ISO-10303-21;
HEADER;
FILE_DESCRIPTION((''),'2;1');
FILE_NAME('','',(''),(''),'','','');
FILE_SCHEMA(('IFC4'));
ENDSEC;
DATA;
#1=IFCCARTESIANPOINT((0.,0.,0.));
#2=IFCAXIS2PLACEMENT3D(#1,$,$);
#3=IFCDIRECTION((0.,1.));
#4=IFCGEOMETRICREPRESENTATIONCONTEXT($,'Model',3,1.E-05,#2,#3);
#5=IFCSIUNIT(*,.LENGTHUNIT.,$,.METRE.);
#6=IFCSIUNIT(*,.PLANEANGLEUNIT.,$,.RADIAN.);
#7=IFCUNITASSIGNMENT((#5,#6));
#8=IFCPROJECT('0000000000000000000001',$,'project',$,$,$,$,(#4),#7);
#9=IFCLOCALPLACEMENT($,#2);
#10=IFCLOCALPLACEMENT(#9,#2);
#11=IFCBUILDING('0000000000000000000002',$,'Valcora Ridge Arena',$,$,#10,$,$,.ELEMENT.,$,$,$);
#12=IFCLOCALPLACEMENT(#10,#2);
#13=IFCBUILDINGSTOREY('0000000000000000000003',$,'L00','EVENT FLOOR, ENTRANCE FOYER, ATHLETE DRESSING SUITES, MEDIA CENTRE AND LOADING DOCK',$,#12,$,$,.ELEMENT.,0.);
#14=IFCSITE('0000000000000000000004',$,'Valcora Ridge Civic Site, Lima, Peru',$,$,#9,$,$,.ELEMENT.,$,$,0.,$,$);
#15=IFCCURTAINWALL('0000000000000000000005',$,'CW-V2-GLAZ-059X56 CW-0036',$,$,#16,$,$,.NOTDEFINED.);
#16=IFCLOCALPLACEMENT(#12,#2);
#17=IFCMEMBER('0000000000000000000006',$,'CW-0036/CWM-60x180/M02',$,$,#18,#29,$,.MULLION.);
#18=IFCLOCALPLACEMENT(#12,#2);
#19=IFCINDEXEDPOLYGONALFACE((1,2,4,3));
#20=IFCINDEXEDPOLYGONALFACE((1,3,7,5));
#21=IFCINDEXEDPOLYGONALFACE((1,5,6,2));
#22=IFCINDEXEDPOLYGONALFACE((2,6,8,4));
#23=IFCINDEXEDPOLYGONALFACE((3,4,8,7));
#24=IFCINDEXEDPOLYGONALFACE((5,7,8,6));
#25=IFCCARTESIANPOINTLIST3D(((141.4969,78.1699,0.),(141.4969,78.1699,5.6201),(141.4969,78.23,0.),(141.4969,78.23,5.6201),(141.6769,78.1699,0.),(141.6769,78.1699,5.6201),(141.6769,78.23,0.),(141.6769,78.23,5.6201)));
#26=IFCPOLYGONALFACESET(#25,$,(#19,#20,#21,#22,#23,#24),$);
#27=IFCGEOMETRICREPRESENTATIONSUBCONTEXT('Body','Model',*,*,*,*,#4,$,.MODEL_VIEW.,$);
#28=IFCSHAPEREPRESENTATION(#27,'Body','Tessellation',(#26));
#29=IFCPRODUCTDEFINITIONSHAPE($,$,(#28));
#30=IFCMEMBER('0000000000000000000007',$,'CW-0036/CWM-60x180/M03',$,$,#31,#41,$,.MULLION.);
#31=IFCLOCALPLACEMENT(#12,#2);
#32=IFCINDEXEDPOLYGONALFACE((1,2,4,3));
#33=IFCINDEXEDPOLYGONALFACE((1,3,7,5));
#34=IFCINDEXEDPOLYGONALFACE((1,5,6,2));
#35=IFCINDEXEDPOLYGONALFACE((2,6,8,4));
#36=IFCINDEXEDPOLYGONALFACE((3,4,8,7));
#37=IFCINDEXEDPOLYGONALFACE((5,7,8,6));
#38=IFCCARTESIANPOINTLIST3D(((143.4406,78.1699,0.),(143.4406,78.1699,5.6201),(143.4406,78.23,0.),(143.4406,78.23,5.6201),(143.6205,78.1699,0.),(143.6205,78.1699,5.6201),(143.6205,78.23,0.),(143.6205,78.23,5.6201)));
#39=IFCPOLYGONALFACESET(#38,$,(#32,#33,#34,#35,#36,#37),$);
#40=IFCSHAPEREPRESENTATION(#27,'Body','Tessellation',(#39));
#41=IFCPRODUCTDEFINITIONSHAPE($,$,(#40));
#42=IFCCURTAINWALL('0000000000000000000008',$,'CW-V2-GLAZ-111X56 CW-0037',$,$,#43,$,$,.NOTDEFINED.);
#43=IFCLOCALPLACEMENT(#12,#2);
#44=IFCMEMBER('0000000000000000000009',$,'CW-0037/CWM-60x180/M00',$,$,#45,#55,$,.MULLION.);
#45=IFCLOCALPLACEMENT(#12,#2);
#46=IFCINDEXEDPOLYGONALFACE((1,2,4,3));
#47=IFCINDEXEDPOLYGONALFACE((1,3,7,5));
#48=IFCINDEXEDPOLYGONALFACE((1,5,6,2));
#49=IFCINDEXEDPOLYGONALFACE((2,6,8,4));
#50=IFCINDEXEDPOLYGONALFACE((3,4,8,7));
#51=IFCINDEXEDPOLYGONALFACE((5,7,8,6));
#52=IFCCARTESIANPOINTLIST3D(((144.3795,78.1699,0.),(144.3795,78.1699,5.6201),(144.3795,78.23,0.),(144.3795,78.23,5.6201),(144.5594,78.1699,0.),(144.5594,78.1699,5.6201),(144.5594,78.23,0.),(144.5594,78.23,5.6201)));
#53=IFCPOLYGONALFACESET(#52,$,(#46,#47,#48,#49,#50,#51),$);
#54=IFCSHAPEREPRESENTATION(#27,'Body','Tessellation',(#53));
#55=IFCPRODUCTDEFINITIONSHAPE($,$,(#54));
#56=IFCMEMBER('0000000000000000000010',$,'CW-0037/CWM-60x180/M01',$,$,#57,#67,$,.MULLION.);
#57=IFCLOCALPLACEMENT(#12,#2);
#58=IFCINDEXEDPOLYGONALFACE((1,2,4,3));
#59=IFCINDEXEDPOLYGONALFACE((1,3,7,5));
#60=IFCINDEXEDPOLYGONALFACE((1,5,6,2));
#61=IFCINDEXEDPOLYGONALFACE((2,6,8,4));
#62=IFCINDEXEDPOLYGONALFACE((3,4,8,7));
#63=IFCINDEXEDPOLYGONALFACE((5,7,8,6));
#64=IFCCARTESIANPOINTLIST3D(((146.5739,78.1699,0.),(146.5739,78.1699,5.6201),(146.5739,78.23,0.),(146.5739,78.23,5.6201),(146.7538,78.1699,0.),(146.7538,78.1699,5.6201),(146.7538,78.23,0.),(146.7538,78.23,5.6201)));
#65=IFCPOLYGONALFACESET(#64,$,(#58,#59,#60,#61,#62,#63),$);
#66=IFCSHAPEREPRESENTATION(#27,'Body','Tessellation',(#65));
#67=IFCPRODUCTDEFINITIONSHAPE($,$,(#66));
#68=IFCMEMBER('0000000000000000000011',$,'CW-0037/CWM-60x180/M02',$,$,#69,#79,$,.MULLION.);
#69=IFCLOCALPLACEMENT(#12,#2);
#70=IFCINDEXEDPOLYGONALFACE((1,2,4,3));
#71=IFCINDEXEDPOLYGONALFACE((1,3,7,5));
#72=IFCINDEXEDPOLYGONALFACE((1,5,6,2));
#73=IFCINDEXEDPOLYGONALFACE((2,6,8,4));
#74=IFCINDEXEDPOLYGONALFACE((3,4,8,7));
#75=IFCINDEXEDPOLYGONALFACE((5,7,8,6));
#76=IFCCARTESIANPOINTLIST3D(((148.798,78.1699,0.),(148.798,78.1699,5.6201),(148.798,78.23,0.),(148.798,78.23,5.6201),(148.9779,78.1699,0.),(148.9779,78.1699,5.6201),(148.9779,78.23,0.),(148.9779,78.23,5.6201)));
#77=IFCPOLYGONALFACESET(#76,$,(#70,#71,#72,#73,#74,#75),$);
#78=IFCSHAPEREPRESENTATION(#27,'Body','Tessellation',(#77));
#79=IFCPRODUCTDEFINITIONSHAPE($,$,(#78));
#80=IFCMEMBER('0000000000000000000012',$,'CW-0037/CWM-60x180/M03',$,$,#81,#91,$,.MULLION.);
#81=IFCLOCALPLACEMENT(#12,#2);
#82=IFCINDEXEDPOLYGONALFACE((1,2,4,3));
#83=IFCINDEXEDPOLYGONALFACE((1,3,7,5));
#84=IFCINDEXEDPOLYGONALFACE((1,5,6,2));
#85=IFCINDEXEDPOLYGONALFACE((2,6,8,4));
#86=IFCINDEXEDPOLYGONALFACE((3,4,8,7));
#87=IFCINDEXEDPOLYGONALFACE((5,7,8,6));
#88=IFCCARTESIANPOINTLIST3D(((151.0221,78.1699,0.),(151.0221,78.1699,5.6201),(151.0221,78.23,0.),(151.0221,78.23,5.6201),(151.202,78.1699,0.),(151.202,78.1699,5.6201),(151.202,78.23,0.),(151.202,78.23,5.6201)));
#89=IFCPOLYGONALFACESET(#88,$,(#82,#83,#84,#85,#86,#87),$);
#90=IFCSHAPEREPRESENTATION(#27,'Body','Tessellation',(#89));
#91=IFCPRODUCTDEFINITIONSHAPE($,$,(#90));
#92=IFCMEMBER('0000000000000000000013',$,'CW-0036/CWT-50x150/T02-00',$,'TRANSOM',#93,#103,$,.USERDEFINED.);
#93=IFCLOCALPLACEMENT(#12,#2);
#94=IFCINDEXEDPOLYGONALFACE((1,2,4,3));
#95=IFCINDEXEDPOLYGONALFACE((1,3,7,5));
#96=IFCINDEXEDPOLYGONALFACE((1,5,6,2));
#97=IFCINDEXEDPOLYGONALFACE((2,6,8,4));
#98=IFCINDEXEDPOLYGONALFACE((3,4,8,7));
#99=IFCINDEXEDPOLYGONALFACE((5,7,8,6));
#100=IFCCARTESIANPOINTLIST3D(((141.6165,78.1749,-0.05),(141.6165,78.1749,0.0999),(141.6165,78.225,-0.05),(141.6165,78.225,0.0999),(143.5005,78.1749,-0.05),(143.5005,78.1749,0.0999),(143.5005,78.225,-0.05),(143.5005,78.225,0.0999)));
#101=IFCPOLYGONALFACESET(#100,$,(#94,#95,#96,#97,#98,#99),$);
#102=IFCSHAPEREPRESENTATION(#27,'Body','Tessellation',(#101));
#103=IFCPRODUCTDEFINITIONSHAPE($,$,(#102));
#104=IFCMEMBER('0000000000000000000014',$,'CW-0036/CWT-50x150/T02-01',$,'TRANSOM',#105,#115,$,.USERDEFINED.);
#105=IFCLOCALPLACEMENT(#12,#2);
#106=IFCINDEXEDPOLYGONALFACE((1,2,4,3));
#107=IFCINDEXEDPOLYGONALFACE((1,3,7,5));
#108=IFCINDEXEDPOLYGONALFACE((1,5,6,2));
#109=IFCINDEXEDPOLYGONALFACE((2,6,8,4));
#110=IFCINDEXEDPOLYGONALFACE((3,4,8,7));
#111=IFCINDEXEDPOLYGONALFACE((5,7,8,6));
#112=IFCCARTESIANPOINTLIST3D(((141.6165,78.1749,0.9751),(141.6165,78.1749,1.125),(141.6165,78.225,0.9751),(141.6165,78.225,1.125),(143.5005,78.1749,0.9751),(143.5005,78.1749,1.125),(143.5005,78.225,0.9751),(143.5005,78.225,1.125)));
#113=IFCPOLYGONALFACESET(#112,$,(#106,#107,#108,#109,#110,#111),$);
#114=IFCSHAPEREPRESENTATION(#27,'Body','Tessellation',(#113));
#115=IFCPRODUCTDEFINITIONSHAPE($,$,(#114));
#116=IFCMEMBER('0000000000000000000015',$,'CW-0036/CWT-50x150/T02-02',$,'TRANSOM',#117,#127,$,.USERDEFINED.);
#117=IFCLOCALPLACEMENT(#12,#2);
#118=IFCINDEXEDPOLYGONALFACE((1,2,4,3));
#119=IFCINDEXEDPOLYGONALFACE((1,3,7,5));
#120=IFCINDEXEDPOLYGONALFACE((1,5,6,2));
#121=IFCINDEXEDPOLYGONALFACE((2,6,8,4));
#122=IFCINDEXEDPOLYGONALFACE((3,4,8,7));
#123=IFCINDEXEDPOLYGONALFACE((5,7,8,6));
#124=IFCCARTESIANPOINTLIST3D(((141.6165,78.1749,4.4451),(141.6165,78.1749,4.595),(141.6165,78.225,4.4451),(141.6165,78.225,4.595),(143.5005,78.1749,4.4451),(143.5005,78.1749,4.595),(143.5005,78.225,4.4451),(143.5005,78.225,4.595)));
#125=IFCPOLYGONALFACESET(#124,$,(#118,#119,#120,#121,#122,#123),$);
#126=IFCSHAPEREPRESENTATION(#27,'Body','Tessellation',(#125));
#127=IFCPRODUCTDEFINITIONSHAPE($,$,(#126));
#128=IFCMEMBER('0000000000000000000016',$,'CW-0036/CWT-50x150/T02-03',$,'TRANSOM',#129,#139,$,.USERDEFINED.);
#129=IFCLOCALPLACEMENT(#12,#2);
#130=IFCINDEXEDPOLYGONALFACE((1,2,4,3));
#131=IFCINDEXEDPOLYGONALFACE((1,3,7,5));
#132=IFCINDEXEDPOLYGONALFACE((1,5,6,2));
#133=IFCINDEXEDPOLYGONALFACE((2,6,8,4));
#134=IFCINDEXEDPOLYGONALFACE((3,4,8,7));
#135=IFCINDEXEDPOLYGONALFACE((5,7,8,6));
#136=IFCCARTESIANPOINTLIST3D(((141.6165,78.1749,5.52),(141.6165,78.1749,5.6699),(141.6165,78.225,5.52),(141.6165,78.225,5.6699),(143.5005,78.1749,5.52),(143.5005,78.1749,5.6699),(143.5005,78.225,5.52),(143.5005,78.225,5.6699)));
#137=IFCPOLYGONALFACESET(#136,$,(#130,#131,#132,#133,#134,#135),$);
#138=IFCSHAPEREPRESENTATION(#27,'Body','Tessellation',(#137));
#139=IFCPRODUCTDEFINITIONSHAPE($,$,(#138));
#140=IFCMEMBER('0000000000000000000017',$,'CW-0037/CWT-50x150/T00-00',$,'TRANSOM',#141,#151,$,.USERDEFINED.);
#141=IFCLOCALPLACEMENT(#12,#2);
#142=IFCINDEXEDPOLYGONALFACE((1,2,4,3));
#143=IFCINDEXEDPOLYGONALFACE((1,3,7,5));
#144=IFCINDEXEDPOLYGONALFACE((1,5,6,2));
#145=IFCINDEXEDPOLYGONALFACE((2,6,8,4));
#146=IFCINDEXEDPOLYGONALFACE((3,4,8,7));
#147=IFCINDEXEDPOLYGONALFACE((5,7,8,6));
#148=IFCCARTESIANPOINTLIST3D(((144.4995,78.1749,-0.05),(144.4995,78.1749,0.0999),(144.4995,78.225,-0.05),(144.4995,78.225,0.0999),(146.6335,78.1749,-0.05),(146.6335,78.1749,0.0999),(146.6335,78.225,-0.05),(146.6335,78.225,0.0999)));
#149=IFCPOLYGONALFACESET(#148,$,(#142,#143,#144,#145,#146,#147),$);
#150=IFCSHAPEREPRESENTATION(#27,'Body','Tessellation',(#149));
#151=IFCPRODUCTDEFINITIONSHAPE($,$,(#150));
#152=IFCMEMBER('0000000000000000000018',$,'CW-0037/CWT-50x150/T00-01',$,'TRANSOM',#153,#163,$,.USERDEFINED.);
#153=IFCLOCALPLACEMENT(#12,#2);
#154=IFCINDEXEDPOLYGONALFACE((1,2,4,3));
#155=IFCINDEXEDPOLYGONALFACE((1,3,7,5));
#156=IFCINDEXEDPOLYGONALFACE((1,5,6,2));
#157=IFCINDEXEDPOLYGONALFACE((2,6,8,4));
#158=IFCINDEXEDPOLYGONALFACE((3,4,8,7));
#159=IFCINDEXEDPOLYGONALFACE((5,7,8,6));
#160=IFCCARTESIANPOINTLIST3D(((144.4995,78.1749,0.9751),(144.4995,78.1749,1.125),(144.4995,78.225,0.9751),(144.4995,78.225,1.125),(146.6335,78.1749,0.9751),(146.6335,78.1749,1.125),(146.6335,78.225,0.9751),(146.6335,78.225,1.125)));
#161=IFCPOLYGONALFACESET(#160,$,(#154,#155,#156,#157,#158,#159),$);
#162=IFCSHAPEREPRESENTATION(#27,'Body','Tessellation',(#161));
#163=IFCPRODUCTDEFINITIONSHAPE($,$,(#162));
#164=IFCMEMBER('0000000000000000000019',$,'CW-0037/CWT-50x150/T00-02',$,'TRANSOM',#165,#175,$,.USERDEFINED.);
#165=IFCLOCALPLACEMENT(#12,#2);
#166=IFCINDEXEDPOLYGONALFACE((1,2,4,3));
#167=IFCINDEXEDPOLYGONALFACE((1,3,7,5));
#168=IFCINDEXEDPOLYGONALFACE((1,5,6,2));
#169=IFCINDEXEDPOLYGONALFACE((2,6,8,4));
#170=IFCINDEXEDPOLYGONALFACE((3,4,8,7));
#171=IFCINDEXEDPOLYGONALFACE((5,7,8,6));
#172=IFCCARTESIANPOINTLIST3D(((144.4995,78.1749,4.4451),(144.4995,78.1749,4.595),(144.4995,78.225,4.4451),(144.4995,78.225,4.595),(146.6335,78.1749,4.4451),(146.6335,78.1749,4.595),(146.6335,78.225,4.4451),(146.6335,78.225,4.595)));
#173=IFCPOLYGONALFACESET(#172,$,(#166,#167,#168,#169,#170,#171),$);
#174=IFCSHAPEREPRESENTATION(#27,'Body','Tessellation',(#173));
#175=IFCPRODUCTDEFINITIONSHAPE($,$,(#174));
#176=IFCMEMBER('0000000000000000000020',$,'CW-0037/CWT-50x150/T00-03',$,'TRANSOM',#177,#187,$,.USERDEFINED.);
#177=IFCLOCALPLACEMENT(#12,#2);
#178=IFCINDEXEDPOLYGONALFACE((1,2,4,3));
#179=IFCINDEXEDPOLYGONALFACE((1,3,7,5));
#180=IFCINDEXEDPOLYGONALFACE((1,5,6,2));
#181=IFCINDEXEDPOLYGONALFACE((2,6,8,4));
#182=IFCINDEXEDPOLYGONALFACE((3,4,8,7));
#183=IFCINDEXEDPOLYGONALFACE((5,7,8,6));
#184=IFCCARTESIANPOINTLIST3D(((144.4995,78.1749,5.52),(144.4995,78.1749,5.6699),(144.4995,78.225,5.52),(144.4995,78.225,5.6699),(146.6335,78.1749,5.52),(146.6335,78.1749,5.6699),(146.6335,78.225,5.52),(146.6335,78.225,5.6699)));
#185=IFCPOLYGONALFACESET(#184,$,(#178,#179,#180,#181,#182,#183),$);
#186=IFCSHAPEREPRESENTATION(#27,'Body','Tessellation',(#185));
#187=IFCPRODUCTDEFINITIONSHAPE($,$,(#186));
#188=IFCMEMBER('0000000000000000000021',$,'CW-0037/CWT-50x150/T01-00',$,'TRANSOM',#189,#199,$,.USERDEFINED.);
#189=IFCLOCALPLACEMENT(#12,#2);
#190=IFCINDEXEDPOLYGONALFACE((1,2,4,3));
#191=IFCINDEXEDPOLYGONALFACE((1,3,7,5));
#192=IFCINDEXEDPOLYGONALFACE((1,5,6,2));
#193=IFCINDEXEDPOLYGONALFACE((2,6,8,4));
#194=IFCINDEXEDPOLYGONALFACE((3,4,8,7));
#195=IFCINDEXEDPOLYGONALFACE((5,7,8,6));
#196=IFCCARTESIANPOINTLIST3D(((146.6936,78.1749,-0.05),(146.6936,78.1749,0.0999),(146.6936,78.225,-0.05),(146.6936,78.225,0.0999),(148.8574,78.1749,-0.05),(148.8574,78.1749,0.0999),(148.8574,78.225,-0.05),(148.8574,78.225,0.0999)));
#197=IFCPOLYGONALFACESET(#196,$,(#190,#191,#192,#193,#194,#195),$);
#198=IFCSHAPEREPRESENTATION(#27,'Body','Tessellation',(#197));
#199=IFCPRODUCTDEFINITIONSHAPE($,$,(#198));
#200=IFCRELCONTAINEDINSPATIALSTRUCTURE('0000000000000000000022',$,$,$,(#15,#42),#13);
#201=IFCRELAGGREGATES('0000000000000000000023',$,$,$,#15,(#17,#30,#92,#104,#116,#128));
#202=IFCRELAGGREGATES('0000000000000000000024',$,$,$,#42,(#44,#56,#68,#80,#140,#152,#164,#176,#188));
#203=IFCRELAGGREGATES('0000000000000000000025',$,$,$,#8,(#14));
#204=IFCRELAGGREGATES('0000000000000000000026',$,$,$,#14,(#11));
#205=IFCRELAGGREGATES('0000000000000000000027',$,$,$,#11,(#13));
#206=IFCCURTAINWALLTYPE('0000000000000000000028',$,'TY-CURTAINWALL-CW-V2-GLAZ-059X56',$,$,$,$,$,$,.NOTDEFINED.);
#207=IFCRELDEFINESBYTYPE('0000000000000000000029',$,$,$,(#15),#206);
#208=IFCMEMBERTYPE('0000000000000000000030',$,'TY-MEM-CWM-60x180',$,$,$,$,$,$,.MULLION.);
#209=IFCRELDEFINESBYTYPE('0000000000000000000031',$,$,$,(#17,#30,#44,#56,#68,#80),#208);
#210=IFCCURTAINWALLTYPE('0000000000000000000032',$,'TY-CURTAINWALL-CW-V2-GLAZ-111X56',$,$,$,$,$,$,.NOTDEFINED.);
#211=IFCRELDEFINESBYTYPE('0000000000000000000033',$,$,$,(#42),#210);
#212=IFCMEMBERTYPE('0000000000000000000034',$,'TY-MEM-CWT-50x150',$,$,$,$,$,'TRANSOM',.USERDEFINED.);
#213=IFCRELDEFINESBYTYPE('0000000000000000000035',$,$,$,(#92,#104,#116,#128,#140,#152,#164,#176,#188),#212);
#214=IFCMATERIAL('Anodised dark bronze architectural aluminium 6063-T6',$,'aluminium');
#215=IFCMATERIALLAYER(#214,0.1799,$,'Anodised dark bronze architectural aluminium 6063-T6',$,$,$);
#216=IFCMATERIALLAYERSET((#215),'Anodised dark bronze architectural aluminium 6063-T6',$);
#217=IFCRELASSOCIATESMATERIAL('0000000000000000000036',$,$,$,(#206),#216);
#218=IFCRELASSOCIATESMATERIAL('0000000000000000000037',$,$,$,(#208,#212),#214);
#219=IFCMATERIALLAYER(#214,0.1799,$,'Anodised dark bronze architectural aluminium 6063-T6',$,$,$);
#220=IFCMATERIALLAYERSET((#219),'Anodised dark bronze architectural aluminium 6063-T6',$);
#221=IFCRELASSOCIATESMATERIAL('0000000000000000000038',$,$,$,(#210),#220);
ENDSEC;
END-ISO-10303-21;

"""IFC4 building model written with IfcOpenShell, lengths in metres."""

from ifc_helpers import new_model, si_unit, direction, frame, origin, origin_2d, place, context, subcontext, project, spatial, rectangle, extrude, material, layer, layer_set, material_profile, profile_set, type_object, element, aggregate, save


model = new_model("IFC4")

# Units and contexts
model_context = context("Model", 3, precision=1e-05, world=origin(), true_north=direction((0.0, 1.0)))
body_context = subcontext(model_context, "Body", "Model", "MODEL_VIEW")
ifc_project = project(units=[si_unit("LENGTHUNIT", "METRE"), si_unit("PLANEANGLEUNIT", "RADIAN")], contexts=[model_context])

# Site, building, storey
site_placement = place(None, origin())
site = spatial("IfcSite", under=ifc_project, at=site_placement, Name="Valcora Ridge Civic Site, Lima, Peru", CompositionType="ELEMENT", RefElevation=0.0)
building_placement = place(site_placement, origin())
building = spatial("IfcBuilding", under=site, at=building_placement, Name="Valcora Ridge Arena", CompositionType="ELEMENT")
storey_placement = place(building_placement, origin())
storey = spatial("IfcBuildingStorey", under=building, at=storey_placement, Name="L00", Description="EVENT FLOOR, ENTRANCE FOYER, ATHLETE DRESSING SUITES, MEDIA CENTRE AND LOADING DOCK", CompositionType="ELEMENT", Elevation=0.0)

# Curtain walls, members
ifc_material_1 = material(Name="Anodised dark bronze architectural aluminium 6063-T6", Category="aluminium")
ifc_layer_1 = layer(ifc_material_1, 0.1799, Name="Anodised dark bronze architectural aluminium 6063-T6")
ifc_layer_set_1 = layer_set([ifc_layer_1], Name="Anodised dark bronze architectural aluminium 6063-T6")
curtain_wall_type_1 = type_object("IfcCurtainWallType", Name="TY-CURTAINWALL-CW-V2-GLAZ-059X56", PredefinedType="NOTDEFINED", material=ifc_layer_set_1)
curtain_wall_1_placement = place(storey_placement, origin())
curtain_wall_1 = element("IfcCurtainWall", 1, at=curtain_wall_1_placement, inside=storey, type_object=curtain_wall_type_1, Name="CW-V2-GLAZ-059X56 CW-0036", PredefinedType="NOTDEFINED")
ifc_material_profile_1 = material_profile(ifc_material_1, rectangle(XDim=0.0601, YDim=0.1799, at=origin_2d()), Name="ALU MULLION 60x180")
ifc_profile_set_1 = profile_set([ifc_material_profile_1], Name="Anodised dark bronze architectural aluminium 6063-T6")
member_type_1 = type_object("IfcMemberType", Name="TY-MEM-CWM-60x180", PredefinedType="MULLION", material=ifc_profile_set_1)
member_1_placement = place(storey_placement, frame((141.5869, 78.2, 0.0), z_axis=(0.0, 0.0, 1.0), x_axis=(0.0, 1.0, 0.0)))
member_1 = element("IfcMember", 2, at=member_1_placement, type_object=member_type_1, Name="CW-0036/CWM-60x180/M02", PredefinedType="MULLION", context=body_context, shape_type="SweptSolid", body=[
    extrude(rectangle(XDim=0.0601, YDim=0.1799, at=origin_2d()), origin(), (0.0, 0.0, 1.0), 5.6201),
])
member_2_placement = place(storey_placement, frame((143.5305, 78.2, 0.0), z_axis=(0.0, 0.0, 1.0), x_axis=(0.0, 1.0, 0.0)))
member_2 = element("IfcMember", 3, at=member_2_placement, type_object=member_type_1, Name="CW-0036/CWM-60x180/M03", PredefinedType="MULLION", context=body_context, shape_type="SweptSolid", body=[
    extrude(rectangle(XDim=0.0601, YDim=0.1799, at=origin_2d()), origin(), (0.0, 0.0, 1.0), 5.6201),
])
ifc_layer_2 = layer(ifc_material_1, 0.1799, Name="Anodised dark bronze architectural aluminium 6063-T6")
ifc_layer_set_2 = layer_set([ifc_layer_2], Name="Anodised dark bronze architectural aluminium 6063-T6")
curtain_wall_type_2 = type_object("IfcCurtainWallType", Name="TY-CURTAINWALL-CW-V2-GLAZ-111X56", PredefinedType="NOTDEFINED", material=ifc_layer_set_2)
curtain_wall_2_placement = place(storey_placement, origin())
curtain_wall_2 = element("IfcCurtainWall", 4, at=curtain_wall_2_placement, inside=storey, type_object=curtain_wall_type_2, Name="CW-V2-GLAZ-111X56 CW-0037", PredefinedType="NOTDEFINED")
member_3_placement = place(storey_placement, frame((144.4695, 78.2, 0.0), z_axis=(0.0, 0.0, 1.0), x_axis=(0.0, 1.0, 0.0)))
member_3 = element("IfcMember", 5, at=member_3_placement, type_object=member_type_1, Name="CW-0037/CWM-60x180/M00", PredefinedType="MULLION", context=body_context, shape_type="SweptSolid", body=[
    extrude(rectangle(XDim=0.0601, YDim=0.1799, at=origin_2d()), origin(), (0.0, 0.0, 1.0), 5.6201),
])
member_4_placement = place(storey_placement, frame((146.6638, 78.2, 0.0), z_axis=(0.0, 0.0, 1.0), x_axis=(0.0, 1.0, 0.0)))
member_4 = element("IfcMember", 6, at=member_4_placement, type_object=member_type_1, Name="CW-0037/CWM-60x180/M01", PredefinedType="MULLION", context=body_context, shape_type="SweptSolid", body=[
    extrude(rectangle(XDim=0.0601, YDim=0.1799, at=origin_2d()), origin(), (0.0, 0.0, 1.0), 5.6201),
])
member_5_placement = place(storey_placement, frame((148.8879, 78.2, 0.0), z_axis=(0.0, 0.0, 1.0), x_axis=(0.0, 1.0, 0.0)))
member_5 = element("IfcMember", 7, at=member_5_placement, type_object=member_type_1, Name="CW-0037/CWM-60x180/M02", PredefinedType="MULLION", context=body_context, shape_type="SweptSolid", body=[
    extrude(rectangle(XDim=0.0601, YDim=0.1799, at=origin_2d()), origin(), (0.0, 0.0, 1.0), 5.6201),
])
member_6_placement = place(storey_placement, frame((151.1121, 78.2, 0.0), z_axis=(0.0, 0.0, 1.0), x_axis=(0.0, 1.0, 0.0)))
member_6 = element("IfcMember", 8, at=member_6_placement, type_object=member_type_1, Name="CW-0037/CWM-60x180/M03", PredefinedType="MULLION", context=body_context, shape_type="SweptSolid", body=[
    extrude(rectangle(XDim=0.0601, YDim=0.1799, at=origin_2d()), origin(), (0.0, 0.0, 1.0), 5.6201),
])

# Members
ifc_material_profile_2 = material_profile(ifc_material_1, rectangle(XDim=0.05, YDim=0.1499, at=origin_2d()), Name="ALU TRANSOM 50x150")
ifc_profile_set_2 = profile_set([ifc_material_profile_2], Name="Anodised dark bronze architectural aluminium 6063-T6")
member_type_2 = type_object("IfcMemberType", Name="TY-MEM-CWT-50x150", ElementType="TRANSOM", PredefinedType="USERDEFINED", material=ifc_profile_set_2)
member_7_placement = place(storey_placement, frame((141.6165, 78.2, 0.0249), z_axis=(1.0, 0.0, 0.0), x_axis=(0.0, 1.0, 0.0)))
member_7 = element("IfcMember", 9, at=member_7_placement, type_object=member_type_2, Name="CW-0036/CWT-50x150/T02-00", ObjectType="TRANSOM", PredefinedType="USERDEFINED", context=body_context, shape_type="SweptSolid", body=[
    extrude(rectangle(XDim=0.05, YDim=0.1499, at=origin_2d()), origin(), (0.0, 0.0, 1.0), 1.884),
])
member_8_placement = place(storey_placement, frame((141.6165, 78.2, 1.05), z_axis=(1.0, 0.0, 0.0), x_axis=(0.0, 1.0, 0.0)))
member_8 = element("IfcMember", 10, at=member_8_placement, type_object=member_type_2, Name="CW-0036/CWT-50x150/T02-01", ObjectType="TRANSOM", PredefinedType="USERDEFINED", context=body_context, shape_type="SweptSolid", body=[
    extrude(rectangle(XDim=0.05, YDim=0.1499, at=origin_2d()), origin(), (0.0, 0.0, 1.0), 1.884),
])
member_9_placement = place(storey_placement, frame((141.6165, 78.2, 4.52), z_axis=(1.0, 0.0, 0.0), x_axis=(0.0, 1.0, 0.0)))
member_9 = element("IfcMember", 11, at=member_9_placement, type_object=member_type_2, Name="CW-0036/CWT-50x150/T02-02", ObjectType="TRANSOM", PredefinedType="USERDEFINED", context=body_context, shape_type="SweptSolid", body=[
    extrude(rectangle(XDim=0.05, YDim=0.1499, at=origin_2d()), origin(), (0.0, 0.0, 1.0), 1.884),
])
member_10_placement = place(storey_placement, frame((141.6165, 78.2, 5.595), z_axis=(1.0, 0.0, 0.0), x_axis=(0.0, 1.0, 0.0)))
member_10 = element("IfcMember", 12, at=member_10_placement, type_object=member_type_2, Name="CW-0036/CWT-50x150/T02-03", ObjectType="TRANSOM", PredefinedType="USERDEFINED", context=body_context, shape_type="SweptSolid", body=[
    extrude(rectangle(XDim=0.05, YDim=0.1499, at=origin_2d()), origin(), (0.0, 0.0, 1.0), 1.884),
])
member_11_placement = place(storey_placement, frame((144.4995, 78.2, 0.0249), z_axis=(1.0, 0.0, 0.0), x_axis=(0.0, 1.0, 0.0)))
member_11 = element("IfcMember", 13, at=member_11_placement, type_object=member_type_2, Name="CW-0037/CWT-50x150/T00-00", ObjectType="TRANSOM", PredefinedType="USERDEFINED", context=body_context, shape_type="SweptSolid", body=[
    extrude(rectangle(XDim=0.05, YDim=0.1499, at=origin_2d()), origin(), (0.0, 0.0, 1.0), 2.134),
])
member_12_placement = place(storey_placement, frame((144.4995, 78.2, 1.05), z_axis=(1.0, 0.0, 0.0), x_axis=(0.0, 1.0, 0.0)))
member_12 = element("IfcMember", 14, at=member_12_placement, type_object=member_type_2, Name="CW-0037/CWT-50x150/T00-01", ObjectType="TRANSOM", PredefinedType="USERDEFINED", context=body_context, shape_type="SweptSolid", body=[
    extrude(rectangle(XDim=0.05, YDim=0.1499, at=origin_2d()), origin(), (0.0, 0.0, 1.0), 2.134),
])
member_13_placement = place(storey_placement, frame((144.4995, 78.2, 4.52), z_axis=(1.0, 0.0, 0.0), x_axis=(0.0, 1.0, 0.0)))
member_13 = element("IfcMember", 15, at=member_13_placement, type_object=member_type_2, Name="CW-0037/CWT-50x150/T00-02", ObjectType="TRANSOM", PredefinedType="USERDEFINED", context=body_context, shape_type="SweptSolid", body=[
    extrude(rectangle(XDim=0.05, YDim=0.1499, at=origin_2d()), origin(), (0.0, 0.0, 1.0), 2.134),
])
member_14_placement = place(storey_placement, frame((144.4995, 78.2, 5.595), z_axis=(1.0, 0.0, 0.0), x_axis=(0.0, 1.0, 0.0)))
member_14 = element("IfcMember", 16, at=member_14_placement, type_object=member_type_2, Name="CW-0037/CWT-50x150/T00-03", ObjectType="TRANSOM", PredefinedType="USERDEFINED", context=body_context, shape_type="SweptSolid", body=[
    extrude(rectangle(XDim=0.05, YDim=0.1499, at=origin_2d()), origin(), (0.0, 0.0, 1.0), 2.134),
])
member_15_placement = place(storey_placement, frame((146.6936, 78.2, 0.0249), z_axis=(1.0, 0.0, 0.0), x_axis=(0.0, 1.0, 0.0)))
member_15 = element("IfcMember", 17, at=member_15_placement, type_object=member_type_2, Name="CW-0037/CWT-50x150/T01-00", ObjectType="TRANSOM", PredefinedType="USERDEFINED", context=body_context, shape_type="SweptSolid", body=[
    extrude(rectangle(XDim=0.05, YDim=0.1499, at=origin_2d()), origin(), (0.0, 0.0, 1.0), 2.1638),
])

aggregate(curtain_wall_1, [member_1, member_2, member_7, member_8, member_9, member_10])
aggregate(curtain_wall_2, [member_3, member_4, member_5, member_6, member_11, member_12, member_13, member_14, member_15])

save(model, "model.ifc")
